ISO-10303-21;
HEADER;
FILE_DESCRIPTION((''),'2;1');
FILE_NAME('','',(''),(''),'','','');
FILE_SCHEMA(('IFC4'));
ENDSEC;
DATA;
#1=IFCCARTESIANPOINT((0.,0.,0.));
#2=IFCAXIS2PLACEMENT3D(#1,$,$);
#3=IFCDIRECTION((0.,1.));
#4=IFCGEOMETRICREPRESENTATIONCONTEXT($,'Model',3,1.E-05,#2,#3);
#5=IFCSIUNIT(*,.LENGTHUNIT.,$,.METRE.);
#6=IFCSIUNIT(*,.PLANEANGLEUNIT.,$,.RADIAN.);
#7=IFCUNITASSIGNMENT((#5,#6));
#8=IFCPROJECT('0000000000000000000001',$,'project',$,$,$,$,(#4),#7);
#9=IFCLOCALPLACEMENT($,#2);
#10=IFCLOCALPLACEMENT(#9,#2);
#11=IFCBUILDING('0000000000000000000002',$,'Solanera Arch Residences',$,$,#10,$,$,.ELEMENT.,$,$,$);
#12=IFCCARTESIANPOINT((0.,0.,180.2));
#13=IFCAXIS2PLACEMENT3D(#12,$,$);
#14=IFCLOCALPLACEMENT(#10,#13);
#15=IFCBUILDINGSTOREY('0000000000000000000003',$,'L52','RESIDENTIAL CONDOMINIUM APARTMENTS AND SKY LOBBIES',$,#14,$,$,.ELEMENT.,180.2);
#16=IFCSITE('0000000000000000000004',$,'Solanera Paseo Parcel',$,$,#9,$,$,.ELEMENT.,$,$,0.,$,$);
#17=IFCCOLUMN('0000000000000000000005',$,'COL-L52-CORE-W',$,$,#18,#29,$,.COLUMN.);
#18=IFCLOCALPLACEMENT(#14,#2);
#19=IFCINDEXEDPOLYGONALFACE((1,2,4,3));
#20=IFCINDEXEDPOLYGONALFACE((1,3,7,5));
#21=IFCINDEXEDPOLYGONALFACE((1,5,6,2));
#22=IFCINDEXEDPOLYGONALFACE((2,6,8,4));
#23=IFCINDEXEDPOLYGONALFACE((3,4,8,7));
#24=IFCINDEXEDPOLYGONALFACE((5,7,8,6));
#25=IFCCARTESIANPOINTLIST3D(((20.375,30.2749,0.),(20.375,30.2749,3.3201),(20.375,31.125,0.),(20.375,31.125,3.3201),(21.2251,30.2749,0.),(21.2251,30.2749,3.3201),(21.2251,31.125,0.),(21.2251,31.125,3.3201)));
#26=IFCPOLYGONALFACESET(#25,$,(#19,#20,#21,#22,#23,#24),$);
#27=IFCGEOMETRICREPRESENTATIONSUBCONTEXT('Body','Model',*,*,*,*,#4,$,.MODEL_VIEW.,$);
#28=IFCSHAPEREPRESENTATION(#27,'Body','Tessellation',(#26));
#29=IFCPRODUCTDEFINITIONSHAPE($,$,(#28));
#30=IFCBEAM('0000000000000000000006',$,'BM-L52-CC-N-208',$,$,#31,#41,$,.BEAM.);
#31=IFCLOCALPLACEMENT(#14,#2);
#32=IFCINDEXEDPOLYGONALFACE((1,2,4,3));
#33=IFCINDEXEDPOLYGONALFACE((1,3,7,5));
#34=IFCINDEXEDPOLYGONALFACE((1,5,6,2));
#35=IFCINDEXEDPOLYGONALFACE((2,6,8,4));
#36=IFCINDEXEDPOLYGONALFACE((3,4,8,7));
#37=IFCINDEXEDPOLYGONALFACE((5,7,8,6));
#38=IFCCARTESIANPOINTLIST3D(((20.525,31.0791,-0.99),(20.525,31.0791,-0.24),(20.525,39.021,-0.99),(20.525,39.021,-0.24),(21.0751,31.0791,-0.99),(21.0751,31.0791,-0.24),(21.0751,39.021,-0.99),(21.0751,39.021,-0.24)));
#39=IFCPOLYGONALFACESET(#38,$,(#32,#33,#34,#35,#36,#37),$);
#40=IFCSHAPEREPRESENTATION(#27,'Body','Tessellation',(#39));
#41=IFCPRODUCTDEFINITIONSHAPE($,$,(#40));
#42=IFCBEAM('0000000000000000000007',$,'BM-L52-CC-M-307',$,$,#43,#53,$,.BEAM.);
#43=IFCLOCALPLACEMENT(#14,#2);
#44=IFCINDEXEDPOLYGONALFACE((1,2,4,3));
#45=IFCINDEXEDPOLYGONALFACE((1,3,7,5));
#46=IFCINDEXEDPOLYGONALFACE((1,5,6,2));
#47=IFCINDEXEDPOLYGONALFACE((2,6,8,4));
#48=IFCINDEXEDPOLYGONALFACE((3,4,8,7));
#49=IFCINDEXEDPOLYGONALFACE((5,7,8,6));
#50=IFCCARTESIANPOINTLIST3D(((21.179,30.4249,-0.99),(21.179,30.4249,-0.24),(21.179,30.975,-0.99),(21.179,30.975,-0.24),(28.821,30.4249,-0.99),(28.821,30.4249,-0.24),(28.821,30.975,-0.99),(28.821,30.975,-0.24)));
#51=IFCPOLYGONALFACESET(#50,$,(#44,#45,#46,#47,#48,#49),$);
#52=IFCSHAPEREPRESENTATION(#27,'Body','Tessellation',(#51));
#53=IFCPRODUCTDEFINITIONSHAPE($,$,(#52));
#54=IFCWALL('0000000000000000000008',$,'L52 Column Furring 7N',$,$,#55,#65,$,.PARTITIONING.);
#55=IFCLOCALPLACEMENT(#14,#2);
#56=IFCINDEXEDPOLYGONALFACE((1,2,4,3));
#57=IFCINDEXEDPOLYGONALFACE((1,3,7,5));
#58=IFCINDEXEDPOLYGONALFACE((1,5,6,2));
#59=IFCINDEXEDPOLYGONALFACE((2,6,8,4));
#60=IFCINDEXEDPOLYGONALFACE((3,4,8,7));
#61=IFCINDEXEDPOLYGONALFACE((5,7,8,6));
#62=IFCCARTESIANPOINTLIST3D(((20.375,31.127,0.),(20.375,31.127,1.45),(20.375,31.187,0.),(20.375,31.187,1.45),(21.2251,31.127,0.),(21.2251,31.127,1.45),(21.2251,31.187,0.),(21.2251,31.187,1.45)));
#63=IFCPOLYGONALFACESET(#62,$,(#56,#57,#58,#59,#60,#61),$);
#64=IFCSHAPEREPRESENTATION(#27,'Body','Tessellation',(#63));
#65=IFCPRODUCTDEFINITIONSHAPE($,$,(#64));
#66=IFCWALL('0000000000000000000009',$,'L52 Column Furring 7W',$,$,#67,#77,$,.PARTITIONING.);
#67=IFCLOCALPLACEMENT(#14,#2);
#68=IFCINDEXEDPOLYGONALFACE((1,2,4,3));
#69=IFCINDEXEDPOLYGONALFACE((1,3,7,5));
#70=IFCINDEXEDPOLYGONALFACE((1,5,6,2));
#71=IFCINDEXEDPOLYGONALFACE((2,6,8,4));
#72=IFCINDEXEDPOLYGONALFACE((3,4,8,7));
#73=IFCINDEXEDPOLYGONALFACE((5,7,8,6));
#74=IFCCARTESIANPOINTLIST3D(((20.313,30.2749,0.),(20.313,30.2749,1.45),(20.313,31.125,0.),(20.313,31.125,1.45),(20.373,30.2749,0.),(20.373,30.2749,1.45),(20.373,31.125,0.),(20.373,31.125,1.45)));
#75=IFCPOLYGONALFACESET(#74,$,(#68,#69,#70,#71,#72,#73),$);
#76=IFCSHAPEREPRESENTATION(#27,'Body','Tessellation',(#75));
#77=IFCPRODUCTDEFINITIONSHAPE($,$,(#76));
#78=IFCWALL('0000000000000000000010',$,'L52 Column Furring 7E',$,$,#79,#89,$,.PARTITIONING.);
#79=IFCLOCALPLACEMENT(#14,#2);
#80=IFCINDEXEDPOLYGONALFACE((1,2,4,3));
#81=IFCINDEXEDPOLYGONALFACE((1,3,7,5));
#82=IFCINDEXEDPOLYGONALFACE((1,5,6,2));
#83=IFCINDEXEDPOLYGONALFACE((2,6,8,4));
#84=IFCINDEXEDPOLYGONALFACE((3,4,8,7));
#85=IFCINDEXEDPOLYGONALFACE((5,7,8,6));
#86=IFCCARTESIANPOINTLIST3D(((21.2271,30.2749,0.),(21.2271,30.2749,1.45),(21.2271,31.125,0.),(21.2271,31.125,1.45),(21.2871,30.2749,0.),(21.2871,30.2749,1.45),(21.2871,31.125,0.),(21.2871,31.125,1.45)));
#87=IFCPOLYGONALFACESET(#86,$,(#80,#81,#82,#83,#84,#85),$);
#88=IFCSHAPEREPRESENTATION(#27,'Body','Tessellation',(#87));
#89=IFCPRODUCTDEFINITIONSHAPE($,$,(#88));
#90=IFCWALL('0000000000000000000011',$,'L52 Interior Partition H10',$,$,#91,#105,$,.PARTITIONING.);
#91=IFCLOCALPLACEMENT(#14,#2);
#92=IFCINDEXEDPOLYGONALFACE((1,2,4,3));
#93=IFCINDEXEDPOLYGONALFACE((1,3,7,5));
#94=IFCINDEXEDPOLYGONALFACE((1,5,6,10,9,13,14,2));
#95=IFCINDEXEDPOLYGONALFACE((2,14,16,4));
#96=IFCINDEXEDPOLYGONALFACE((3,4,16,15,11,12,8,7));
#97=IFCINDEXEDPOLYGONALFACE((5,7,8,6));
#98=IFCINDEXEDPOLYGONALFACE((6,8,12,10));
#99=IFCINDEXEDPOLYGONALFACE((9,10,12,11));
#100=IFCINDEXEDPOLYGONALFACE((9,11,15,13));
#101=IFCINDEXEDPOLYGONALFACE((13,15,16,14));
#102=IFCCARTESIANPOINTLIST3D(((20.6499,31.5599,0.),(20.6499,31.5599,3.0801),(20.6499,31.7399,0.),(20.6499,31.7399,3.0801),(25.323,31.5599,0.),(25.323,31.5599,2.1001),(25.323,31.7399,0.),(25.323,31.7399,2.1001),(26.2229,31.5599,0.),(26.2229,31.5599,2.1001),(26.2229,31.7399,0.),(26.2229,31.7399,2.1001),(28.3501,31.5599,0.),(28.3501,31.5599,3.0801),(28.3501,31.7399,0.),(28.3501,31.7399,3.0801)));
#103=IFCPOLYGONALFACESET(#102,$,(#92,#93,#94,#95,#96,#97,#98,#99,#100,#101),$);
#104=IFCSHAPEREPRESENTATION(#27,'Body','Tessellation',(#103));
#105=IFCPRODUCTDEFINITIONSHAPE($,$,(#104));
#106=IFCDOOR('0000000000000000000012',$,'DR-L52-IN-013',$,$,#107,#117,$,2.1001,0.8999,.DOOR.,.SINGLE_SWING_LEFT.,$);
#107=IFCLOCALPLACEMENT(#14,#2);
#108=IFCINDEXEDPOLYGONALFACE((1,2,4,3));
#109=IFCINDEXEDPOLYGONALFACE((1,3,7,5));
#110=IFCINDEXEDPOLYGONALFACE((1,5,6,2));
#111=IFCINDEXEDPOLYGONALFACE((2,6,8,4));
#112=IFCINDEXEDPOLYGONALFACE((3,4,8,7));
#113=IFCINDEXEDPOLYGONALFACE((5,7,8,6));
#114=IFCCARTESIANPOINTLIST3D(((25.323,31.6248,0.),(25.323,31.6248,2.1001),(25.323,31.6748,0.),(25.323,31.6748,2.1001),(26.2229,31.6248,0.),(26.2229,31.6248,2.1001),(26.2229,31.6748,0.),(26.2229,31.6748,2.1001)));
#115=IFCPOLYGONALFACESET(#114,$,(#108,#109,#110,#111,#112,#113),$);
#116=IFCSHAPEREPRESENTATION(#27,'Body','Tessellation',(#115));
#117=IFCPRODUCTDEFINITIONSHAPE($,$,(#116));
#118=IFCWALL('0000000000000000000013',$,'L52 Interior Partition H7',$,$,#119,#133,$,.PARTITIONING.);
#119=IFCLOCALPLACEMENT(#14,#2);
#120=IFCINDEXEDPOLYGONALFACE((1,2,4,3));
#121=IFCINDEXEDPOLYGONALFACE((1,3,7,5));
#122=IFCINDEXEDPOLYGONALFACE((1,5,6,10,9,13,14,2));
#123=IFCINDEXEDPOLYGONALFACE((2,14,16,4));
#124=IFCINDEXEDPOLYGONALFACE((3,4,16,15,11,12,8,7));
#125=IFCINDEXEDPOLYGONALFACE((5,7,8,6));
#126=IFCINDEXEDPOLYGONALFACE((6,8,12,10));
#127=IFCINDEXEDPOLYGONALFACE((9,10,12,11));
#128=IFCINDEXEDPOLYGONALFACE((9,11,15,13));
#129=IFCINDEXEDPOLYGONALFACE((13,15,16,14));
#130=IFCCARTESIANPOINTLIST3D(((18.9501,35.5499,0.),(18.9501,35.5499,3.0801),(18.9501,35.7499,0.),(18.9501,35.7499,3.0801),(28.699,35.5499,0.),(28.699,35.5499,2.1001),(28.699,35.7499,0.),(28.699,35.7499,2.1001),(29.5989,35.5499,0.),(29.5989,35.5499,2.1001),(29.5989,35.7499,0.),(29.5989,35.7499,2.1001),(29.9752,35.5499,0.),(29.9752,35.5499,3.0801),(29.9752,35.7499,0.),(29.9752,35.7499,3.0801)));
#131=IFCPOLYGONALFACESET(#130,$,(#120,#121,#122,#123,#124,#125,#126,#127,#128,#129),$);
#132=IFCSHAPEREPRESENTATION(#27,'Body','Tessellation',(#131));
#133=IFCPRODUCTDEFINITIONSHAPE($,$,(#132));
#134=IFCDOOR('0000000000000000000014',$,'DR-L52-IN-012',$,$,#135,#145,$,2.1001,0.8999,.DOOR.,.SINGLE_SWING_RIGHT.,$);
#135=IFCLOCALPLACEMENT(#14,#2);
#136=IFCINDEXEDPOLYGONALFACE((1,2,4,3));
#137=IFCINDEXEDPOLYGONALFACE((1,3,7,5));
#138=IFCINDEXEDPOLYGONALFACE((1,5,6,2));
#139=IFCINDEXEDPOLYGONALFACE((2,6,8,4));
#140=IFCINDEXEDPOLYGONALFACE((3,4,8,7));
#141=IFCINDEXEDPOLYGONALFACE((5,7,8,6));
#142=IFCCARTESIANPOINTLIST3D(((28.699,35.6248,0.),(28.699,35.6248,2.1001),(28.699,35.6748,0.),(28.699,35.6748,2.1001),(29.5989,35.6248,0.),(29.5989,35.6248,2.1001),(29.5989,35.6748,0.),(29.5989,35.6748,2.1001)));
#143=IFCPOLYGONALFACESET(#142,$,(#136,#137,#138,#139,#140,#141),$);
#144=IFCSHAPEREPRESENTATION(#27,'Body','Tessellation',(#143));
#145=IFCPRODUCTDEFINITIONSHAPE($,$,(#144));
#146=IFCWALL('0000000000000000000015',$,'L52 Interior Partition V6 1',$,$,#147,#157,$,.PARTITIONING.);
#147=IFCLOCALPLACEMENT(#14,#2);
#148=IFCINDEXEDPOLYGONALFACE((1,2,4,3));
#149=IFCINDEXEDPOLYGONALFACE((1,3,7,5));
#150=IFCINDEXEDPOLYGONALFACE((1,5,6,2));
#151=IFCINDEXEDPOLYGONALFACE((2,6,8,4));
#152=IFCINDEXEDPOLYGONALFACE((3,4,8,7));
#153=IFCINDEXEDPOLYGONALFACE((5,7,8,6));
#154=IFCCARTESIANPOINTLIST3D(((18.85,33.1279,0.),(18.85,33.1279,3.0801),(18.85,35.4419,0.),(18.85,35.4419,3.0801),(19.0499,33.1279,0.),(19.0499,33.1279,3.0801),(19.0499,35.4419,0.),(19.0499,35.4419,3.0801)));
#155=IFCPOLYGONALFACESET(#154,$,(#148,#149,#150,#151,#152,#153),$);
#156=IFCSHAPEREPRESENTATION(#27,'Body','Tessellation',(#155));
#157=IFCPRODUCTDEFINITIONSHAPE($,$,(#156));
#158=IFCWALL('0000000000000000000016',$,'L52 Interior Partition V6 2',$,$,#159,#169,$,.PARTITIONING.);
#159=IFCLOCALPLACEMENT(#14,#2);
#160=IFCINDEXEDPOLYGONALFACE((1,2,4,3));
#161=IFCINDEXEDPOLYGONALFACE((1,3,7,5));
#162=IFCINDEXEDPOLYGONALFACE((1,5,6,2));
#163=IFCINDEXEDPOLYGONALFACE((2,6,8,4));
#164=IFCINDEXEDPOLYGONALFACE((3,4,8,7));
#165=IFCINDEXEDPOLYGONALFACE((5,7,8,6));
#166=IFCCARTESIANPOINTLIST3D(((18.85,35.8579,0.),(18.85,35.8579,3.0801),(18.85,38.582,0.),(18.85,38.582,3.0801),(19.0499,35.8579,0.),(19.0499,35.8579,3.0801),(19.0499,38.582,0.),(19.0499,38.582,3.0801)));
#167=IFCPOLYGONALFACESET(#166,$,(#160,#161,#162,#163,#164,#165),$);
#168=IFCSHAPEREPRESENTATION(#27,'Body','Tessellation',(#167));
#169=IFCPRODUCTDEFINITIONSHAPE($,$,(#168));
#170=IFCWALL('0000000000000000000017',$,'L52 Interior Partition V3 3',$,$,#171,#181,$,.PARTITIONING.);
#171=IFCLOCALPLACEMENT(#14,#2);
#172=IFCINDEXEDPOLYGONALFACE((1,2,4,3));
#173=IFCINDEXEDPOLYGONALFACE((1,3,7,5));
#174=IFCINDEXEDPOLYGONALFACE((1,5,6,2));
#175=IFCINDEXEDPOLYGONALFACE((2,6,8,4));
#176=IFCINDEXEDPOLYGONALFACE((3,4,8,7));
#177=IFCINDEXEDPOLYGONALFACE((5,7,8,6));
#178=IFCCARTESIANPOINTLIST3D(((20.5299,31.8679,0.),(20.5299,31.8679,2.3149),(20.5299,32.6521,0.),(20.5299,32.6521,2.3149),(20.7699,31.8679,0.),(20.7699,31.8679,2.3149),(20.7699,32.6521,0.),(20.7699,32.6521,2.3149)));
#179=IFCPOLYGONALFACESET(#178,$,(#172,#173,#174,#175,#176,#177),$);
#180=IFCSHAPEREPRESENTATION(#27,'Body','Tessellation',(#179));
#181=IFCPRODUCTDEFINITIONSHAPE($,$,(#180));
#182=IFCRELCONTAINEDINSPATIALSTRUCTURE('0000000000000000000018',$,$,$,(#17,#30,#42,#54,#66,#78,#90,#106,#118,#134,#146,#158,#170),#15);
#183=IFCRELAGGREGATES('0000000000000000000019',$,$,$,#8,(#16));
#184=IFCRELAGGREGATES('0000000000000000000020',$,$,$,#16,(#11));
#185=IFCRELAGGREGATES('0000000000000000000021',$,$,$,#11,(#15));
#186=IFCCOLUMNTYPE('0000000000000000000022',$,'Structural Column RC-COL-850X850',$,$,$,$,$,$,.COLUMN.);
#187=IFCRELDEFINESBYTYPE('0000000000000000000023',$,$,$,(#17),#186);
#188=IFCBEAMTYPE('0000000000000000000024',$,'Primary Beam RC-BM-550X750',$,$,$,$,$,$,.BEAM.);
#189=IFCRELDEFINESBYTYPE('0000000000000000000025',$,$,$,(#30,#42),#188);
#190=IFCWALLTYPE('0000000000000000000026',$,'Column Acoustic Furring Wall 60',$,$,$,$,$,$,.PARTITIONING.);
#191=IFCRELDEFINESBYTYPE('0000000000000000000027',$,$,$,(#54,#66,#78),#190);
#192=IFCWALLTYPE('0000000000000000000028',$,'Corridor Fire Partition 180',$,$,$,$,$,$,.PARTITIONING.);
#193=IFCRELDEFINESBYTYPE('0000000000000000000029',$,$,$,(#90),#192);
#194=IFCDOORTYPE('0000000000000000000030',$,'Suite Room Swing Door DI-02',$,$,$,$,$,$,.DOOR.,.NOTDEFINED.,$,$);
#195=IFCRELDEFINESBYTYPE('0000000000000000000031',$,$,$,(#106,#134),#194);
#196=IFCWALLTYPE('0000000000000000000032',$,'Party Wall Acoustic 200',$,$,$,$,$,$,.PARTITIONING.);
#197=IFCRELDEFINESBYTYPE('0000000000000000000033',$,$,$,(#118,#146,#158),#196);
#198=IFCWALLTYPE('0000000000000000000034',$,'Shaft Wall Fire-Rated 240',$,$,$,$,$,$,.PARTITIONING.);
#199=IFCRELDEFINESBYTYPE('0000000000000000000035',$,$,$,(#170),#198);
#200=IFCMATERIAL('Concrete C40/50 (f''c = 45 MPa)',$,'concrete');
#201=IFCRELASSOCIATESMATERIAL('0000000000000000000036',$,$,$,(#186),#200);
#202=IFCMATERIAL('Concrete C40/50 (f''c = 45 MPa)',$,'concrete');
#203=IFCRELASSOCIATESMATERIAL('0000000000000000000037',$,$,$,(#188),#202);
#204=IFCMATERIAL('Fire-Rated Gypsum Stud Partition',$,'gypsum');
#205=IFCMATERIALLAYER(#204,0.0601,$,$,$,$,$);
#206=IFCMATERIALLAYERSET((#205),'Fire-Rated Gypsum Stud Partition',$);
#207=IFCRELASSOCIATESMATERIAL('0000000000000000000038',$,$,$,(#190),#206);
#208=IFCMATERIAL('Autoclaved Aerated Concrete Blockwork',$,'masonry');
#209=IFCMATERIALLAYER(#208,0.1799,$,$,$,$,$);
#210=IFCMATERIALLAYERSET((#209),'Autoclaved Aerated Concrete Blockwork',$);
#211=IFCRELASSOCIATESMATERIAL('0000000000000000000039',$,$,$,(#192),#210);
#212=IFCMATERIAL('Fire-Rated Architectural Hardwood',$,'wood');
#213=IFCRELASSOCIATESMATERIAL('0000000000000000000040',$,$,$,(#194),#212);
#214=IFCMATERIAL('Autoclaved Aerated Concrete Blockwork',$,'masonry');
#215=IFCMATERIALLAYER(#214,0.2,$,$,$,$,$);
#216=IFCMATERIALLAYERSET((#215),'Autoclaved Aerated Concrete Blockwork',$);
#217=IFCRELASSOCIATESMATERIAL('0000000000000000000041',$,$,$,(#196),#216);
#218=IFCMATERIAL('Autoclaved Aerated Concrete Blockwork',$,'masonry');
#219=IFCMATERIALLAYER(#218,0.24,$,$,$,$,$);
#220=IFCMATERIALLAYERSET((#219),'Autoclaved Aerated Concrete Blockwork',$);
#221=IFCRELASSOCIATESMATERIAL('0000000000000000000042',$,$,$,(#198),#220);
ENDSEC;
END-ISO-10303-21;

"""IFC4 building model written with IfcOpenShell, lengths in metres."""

from ifc_helpers import new_model, si_unit, direction, frame, frame_2d, origin, origin_2d, place, context, subcontext, project, spatial, rectangle, extrude, material, layer, layer_set, material_profile, profile_set, type_object, element, fill, save


model = new_model("IFC4")

# Units and contexts
model_context = context("Model", 3, precision=1e-05, world=origin(), true_north=direction((0.0, 1.0)))
body_context = subcontext(model_context, "Body", "Model", "MODEL_VIEW")
ifc_project = project(units=[si_unit("LENGTHUNIT", "METRE"), si_unit("PLANEANGLEUNIT", "RADIAN")], contexts=[model_context])

# Site, building, storey
site_placement = place(None, origin())
site = spatial("IfcSite", under=ifc_project, at=site_placement, Name="Solanera Paseo Parcel", CompositionType="ELEMENT", RefElevation=0.0)
building_placement = place(site_placement, origin())
building = spatial("IfcBuilding", under=site, at=building_placement, Name="Solanera Arch Residences", CompositionType="ELEMENT")
storey_placement = place(building_placement, frame((0.0, 0.0, 180.2)))
storey = spatial("IfcBuildingStorey", under=building, at=storey_placement, Name="L52", Description="RESIDENTIAL CONDOMINIUM APARTMENTS AND SKY LOBBIES", CompositionType="ELEMENT", Elevation=180.2)

# Column
ifc_material_1 = material(Name="Concrete C40/50 (f'c = 45 MPa)", Category="concrete")
ifc_material_profile_1 = material_profile(ifc_material_1, rectangle(XDim=0.8501, YDim=0.8501, at=origin_2d()))
ifc_profile_set_1 = profile_set([ifc_material_profile_1], Name="Concrete C40/50 (f'c = 45 MPa)")
column_type = type_object("IfcColumnType", Name="Structural Column RC-COL-850X850", PredefinedType="COLUMN", material=ifc_profile_set_1)
column_placement = place(storey_placement, frame((20.8, 30.7, 0.0), z_axis=(0.0, 0.0, 1.0), x_axis=(1.0, 0.0, 0.0)))
element("IfcColumn", 1, at=column_placement, inside=storey, type_object=column_type, Name="COL-L52-CORE-W", PredefinedType="COLUMN", context=body_context, shape_type="SweptSolid", body=[
    extrude(rectangle(XDim=0.8501, YDim=0.8501, at=origin_2d()), origin(), (0.0, 0.0, 1.0), 3.3201),
])

# Beams
ifc_material_2 = material(Name="Concrete C40/50 (f'c = 45 MPa)", Category="concrete")
ifc_material_profile_2 = material_profile(ifc_material_2, rectangle(XDim=0.55, YDim=0.75, at=origin_2d()))
ifc_profile_set_2 = profile_set([ifc_material_profile_2], Name="Concrete C40/50 (f'c = 45 MPa)")
beam_type = type_object("IfcBeamType", Name="Primary Beam RC-BM-550X750", PredefinedType="BEAM", material=ifc_profile_set_2)
beam_1_placement = place(storey_placement, frame((20.8, 31.0791, -0.615), z_axis=(0.0, 1.0, 0.0), x_axis=(-1.0, 0.0, 0.0)))
element("IfcBeam", 2, at=beam_1_placement, inside=storey, type_object=beam_type, Name="BM-L52-CC-N-208", PredefinedType="BEAM", context=body_context, shape_type="SweptSolid", body=[
    extrude(rectangle(XDim=0.55, YDim=0.75, at=origin_2d()), origin(), (0.0, 0.0, 1.0), 7.9419),
])
beam_2_placement = place(storey_placement, frame((21.179, 30.7, -0.615), z_axis=(1.0, 0.0, 0.0), x_axis=(0.0, 1.0, 0.0)))
element("IfcBeam", 3, at=beam_2_placement, inside=storey, type_object=beam_type, Name="BM-L52-CC-M-307", PredefinedType="BEAM", context=body_context, shape_type="SweptSolid", body=[
    extrude(rectangle(XDim=0.55, YDim=0.75, at=origin_2d()), origin(), (0.0, 0.0, 1.0), 7.6421),
])

# Walls
ifc_material_3 = material(Name="Fire-Rated Gypsum Stud Partition", Category="gypsum")
ifc_layer_1 = layer(ifc_material_3, 0.0601)
ifc_layer_set_1 = layer_set([ifc_layer_1], Name="Fire-Rated Gypsum Stud Partition")
wall_type_1 = type_object("IfcWallType", Name="Column Acoustic Furring Wall 60", PredefinedType="PARTITIONING", material=ifc_layer_set_1)
for number, where, z_axis, x_axis, name in (
    (4, (20.375, 31.157, 0.0), (0.0, 0.0, 1.0), (1.0, 0.0, 0.0), "L52 Column Furring 7N"),
    (5, (20.343, 30.2749, 0.0), (0.0, 0.0, 1.0), (0.0, 1.0, 0.0), "L52 Column Furring 7W"),
    (6, (21.2571, 30.2749, 0.0), (0.0, 0.0, 1.0), (0.0, 1.0, 0.0), "L52 Column Furring 7E"),
):
    element("IfcWall", number, at=place(storey_placement, frame(where, z_axis=z_axis, x_axis=x_axis)), inside=storey, type_object=wall_type_1, Name=name, PredefinedType="PARTITIONING", context=body_context, shape_type="SweptSolid", body=[
        extrude(rectangle(XDim=0.8501, YDim=0.0601, at=frame_2d((0.425, 0.0))), origin(), (0.0, 0.0, 1.0), 1.45),
    ])

# Walls, openings, doors
ifc_material_4 = material(Name="Autoclaved Aerated Concrete Blockwork", Category="masonry")
ifc_layer_2 = layer(ifc_material_4, 0.1799)
ifc_layer_set_2 = layer_set([ifc_layer_2], Name="Autoclaved Aerated Concrete Blockwork")
wall_type_2 = type_object("IfcWallType", Name="Corridor Fire Partition 180", PredefinedType="PARTITIONING", material=ifc_layer_set_2)
wall_1_placement = place(storey_placement, frame((20.6499, 31.6499, 0.0), z_axis=(0.0, 0.0, 1.0), x_axis=(1.0, 0.0, 0.0)))
wall_1 = element("IfcWall", 7, at=wall_1_placement, inside=storey, type_object=wall_type_2, Name="L52 Interior Partition H10", PredefinedType="PARTITIONING", context=body_context, shape_type="SweptSolid", body=[
    extrude(rectangle(XDim=7.7002, YDim=0.1799, at=frame_2d((3.8501, 0.0))), origin(), (0.0, 0.0, 1.0), 3.0801),
])
opening_1_placement = place(wall_1_placement, frame((4.6731, 0.0, 0.0)))
opening_1 = element("IfcOpeningElement", 8, at=opening_1_placement, cuts=wall_1, PredefinedType="OPENING", context=body_context, shape_type="SweptSolid", body=[
    extrude(rectangle(XDim=0.8999, YDim=2.1001, at=frame_2d((0.45, 1.05))), frame((0.0, 0.1001, 0.0), z_axis=(0.0, -1.0, 0.0), x_axis=(1.0, 0.0, 0.0)), (0.0, 0.0, 1.0), 0.1999),
])
ifc_material_5 = material(Name="Fire-Rated Architectural Hardwood", Category="wood")
door_type_1 = type_object("IfcDoorType", Name="Suite Room Swing Door DI-02", OperationType="NOTDEFINED", PredefinedType="DOOR", material=ifc_material_5)
door_1_placement = place(opening_1_placement, origin())
door_1 = element("IfcDoor", 9, at=door_1_placement, inside=storey, type_object=door_type_1, Name="DR-L52-IN-013", OperationType="SINGLE_SWING_LEFT", OverallHeight=2.1001, OverallWidth=0.8999, PredefinedType="DOOR", context=body_context, shape_type="SweptSolid", body=[
    extrude(rectangle(XDim=0.8999, YDim=2.1001, at=frame_2d((0.45, 1.05))), frame((0.0, 0.0249, 0.0), z_axis=(0.0, -1.0, 0.0), x_axis=(1.0, 0.0, 0.0)), (0.0, 0.0, 1.0), 0.05),
])
fill(opening_1, door_1)
ifc_material_6 = material(Name="Autoclaved Aerated Concrete Blockwork", Category="masonry")
ifc_layer_3 = layer(ifc_material_6, 0.2)
ifc_layer_set_3 = layer_set([ifc_layer_3], Name="Autoclaved Aerated Concrete Blockwork")
wall_type_3 = type_object("IfcWallType", Name="Party Wall Acoustic 200", PredefinedType="PARTITIONING", material=ifc_layer_set_3)
wall_2_placement = place(storey_placement, frame((18.95, 35.6499, 0.0), z_axis=(0.0, 0.0, 1.0), x_axis=(1.0, 0.0, 0.0)))
wall_2 = element("IfcWall", 10, at=wall_2_placement, inside=storey, type_object=wall_type_3, Name="L52 Interior Partition H7", PredefinedType="PARTITIONING", context=body_context, shape_type="SweptSolid", body=[
    extrude(rectangle(XDim=11.0251, YDim=0.2, at=frame_2d((5.5127, 0.0))), origin(), (0.0, 0.0, 1.0), 3.0801),
])
opening_2_placement = place(wall_2_placement, frame((9.749, 0.0, 0.0)))
opening_2 = element("IfcOpeningElement", 11, at=opening_2_placement, cuts=wall_2, PredefinedType="OPENING", context=body_context, shape_type="SweptSolid", body=[
    extrude(rectangle(XDim=0.8999, YDim=2.1001, at=frame_2d((0.45, 1.05))), frame((0.0, 0.1101, 0.0), z_axis=(0.0, -1.0, 0.0), x_axis=(1.0, 0.0, 0.0)), (0.0, 0.0, 1.0), 0.22),
])
door_2_placement = place(opening_2_placement, origin())
door_2 = element("IfcDoor", 12, at=door_2_placement, inside=storey, type_object=door_type_1, Name="DR-L52-IN-012", OperationType="SINGLE_SWING_RIGHT", OverallHeight=2.1001, OverallWidth=0.8999, PredefinedType="DOOR", context=body_context, shape_type="SweptSolid", body=[
    extrude(rectangle(XDim=0.8999, YDim=2.1001, at=frame_2d((0.45, 1.05))), frame((0.0, 0.0249, 0.0), z_axis=(0.0, -1.0, 0.0), x_axis=(1.0, 0.0, 0.0)), (0.0, 0.0, 1.0), 0.05),
])
fill(opening_2, door_2)

# Walls
wall_3_placement = place(storey_placement, frame((18.95, 33.1279, 0.0), z_axis=(0.0, 0.0, 1.0), x_axis=(0.0, 1.0, 0.0)))
element("IfcWall", 13, at=wall_3_placement, inside=storey, type_object=wall_type_3, Name="L52 Interior Partition V6 1", PredefinedType="PARTITIONING", context=body_context, shape_type="SweptSolid", body=[
    extrude(rectangle(XDim=2.314, YDim=0.2, at=frame_2d((1.157, 0.0))), origin(), (0.0, 0.0, 1.0), 3.0801),
])
wall_4_placement = place(storey_placement, frame((18.95, 35.8579, 0.0), z_axis=(0.0, 0.0, 1.0), x_axis=(0.0, 1.0, 0.0)))
element("IfcWall", 14, at=wall_4_placement, inside=storey, type_object=wall_type_3, Name="L52 Interior Partition V6 2", PredefinedType="PARTITIONING", context=body_context, shape_type="SweptSolid", body=[
    extrude(rectangle(XDim=2.7241, YDim=0.2, at=frame_2d((1.3621, 0.0))), origin(), (0.0, 0.0, 1.0), 3.0801),
])

# Shared definitions
ifc_material_7 = material(Name="Autoclaved Aerated Concrete Blockwork", Category="masonry")
ifc_layer_4 = layer(ifc_material_7, 0.24)
ifc_layer_set_4 = layer_set([ifc_layer_4], Name="Autoclaved Aerated Concrete Blockwork")
wall_type_4 = type_object("IfcWallType", Name="Shaft Wall Fire-Rated 240", PredefinedType="PARTITIONING", material=ifc_layer_set_4)

# Wall
wall_5_placement = place(storey_placement, frame((20.6499, 31.8679, 0.0), z_axis=(0.0, 0.0, 1.0), x_axis=(0.0, 1.0, 0.0)))
element("IfcWall", 15, at=wall_5_placement, inside=storey, type_object=wall_type_4, Name="L52 Interior Partition V3 3", PredefinedType="PARTITIONING", context=body_context, shape_type="SweptSolid", body=[
    extrude(rectangle(XDim=0.7842, YDim=0.24, at=frame_2d((0.3921, 0.0))), origin(), (0.0, 0.0, 1.0), 2.3149),
])

save(model, "model.ifc")
